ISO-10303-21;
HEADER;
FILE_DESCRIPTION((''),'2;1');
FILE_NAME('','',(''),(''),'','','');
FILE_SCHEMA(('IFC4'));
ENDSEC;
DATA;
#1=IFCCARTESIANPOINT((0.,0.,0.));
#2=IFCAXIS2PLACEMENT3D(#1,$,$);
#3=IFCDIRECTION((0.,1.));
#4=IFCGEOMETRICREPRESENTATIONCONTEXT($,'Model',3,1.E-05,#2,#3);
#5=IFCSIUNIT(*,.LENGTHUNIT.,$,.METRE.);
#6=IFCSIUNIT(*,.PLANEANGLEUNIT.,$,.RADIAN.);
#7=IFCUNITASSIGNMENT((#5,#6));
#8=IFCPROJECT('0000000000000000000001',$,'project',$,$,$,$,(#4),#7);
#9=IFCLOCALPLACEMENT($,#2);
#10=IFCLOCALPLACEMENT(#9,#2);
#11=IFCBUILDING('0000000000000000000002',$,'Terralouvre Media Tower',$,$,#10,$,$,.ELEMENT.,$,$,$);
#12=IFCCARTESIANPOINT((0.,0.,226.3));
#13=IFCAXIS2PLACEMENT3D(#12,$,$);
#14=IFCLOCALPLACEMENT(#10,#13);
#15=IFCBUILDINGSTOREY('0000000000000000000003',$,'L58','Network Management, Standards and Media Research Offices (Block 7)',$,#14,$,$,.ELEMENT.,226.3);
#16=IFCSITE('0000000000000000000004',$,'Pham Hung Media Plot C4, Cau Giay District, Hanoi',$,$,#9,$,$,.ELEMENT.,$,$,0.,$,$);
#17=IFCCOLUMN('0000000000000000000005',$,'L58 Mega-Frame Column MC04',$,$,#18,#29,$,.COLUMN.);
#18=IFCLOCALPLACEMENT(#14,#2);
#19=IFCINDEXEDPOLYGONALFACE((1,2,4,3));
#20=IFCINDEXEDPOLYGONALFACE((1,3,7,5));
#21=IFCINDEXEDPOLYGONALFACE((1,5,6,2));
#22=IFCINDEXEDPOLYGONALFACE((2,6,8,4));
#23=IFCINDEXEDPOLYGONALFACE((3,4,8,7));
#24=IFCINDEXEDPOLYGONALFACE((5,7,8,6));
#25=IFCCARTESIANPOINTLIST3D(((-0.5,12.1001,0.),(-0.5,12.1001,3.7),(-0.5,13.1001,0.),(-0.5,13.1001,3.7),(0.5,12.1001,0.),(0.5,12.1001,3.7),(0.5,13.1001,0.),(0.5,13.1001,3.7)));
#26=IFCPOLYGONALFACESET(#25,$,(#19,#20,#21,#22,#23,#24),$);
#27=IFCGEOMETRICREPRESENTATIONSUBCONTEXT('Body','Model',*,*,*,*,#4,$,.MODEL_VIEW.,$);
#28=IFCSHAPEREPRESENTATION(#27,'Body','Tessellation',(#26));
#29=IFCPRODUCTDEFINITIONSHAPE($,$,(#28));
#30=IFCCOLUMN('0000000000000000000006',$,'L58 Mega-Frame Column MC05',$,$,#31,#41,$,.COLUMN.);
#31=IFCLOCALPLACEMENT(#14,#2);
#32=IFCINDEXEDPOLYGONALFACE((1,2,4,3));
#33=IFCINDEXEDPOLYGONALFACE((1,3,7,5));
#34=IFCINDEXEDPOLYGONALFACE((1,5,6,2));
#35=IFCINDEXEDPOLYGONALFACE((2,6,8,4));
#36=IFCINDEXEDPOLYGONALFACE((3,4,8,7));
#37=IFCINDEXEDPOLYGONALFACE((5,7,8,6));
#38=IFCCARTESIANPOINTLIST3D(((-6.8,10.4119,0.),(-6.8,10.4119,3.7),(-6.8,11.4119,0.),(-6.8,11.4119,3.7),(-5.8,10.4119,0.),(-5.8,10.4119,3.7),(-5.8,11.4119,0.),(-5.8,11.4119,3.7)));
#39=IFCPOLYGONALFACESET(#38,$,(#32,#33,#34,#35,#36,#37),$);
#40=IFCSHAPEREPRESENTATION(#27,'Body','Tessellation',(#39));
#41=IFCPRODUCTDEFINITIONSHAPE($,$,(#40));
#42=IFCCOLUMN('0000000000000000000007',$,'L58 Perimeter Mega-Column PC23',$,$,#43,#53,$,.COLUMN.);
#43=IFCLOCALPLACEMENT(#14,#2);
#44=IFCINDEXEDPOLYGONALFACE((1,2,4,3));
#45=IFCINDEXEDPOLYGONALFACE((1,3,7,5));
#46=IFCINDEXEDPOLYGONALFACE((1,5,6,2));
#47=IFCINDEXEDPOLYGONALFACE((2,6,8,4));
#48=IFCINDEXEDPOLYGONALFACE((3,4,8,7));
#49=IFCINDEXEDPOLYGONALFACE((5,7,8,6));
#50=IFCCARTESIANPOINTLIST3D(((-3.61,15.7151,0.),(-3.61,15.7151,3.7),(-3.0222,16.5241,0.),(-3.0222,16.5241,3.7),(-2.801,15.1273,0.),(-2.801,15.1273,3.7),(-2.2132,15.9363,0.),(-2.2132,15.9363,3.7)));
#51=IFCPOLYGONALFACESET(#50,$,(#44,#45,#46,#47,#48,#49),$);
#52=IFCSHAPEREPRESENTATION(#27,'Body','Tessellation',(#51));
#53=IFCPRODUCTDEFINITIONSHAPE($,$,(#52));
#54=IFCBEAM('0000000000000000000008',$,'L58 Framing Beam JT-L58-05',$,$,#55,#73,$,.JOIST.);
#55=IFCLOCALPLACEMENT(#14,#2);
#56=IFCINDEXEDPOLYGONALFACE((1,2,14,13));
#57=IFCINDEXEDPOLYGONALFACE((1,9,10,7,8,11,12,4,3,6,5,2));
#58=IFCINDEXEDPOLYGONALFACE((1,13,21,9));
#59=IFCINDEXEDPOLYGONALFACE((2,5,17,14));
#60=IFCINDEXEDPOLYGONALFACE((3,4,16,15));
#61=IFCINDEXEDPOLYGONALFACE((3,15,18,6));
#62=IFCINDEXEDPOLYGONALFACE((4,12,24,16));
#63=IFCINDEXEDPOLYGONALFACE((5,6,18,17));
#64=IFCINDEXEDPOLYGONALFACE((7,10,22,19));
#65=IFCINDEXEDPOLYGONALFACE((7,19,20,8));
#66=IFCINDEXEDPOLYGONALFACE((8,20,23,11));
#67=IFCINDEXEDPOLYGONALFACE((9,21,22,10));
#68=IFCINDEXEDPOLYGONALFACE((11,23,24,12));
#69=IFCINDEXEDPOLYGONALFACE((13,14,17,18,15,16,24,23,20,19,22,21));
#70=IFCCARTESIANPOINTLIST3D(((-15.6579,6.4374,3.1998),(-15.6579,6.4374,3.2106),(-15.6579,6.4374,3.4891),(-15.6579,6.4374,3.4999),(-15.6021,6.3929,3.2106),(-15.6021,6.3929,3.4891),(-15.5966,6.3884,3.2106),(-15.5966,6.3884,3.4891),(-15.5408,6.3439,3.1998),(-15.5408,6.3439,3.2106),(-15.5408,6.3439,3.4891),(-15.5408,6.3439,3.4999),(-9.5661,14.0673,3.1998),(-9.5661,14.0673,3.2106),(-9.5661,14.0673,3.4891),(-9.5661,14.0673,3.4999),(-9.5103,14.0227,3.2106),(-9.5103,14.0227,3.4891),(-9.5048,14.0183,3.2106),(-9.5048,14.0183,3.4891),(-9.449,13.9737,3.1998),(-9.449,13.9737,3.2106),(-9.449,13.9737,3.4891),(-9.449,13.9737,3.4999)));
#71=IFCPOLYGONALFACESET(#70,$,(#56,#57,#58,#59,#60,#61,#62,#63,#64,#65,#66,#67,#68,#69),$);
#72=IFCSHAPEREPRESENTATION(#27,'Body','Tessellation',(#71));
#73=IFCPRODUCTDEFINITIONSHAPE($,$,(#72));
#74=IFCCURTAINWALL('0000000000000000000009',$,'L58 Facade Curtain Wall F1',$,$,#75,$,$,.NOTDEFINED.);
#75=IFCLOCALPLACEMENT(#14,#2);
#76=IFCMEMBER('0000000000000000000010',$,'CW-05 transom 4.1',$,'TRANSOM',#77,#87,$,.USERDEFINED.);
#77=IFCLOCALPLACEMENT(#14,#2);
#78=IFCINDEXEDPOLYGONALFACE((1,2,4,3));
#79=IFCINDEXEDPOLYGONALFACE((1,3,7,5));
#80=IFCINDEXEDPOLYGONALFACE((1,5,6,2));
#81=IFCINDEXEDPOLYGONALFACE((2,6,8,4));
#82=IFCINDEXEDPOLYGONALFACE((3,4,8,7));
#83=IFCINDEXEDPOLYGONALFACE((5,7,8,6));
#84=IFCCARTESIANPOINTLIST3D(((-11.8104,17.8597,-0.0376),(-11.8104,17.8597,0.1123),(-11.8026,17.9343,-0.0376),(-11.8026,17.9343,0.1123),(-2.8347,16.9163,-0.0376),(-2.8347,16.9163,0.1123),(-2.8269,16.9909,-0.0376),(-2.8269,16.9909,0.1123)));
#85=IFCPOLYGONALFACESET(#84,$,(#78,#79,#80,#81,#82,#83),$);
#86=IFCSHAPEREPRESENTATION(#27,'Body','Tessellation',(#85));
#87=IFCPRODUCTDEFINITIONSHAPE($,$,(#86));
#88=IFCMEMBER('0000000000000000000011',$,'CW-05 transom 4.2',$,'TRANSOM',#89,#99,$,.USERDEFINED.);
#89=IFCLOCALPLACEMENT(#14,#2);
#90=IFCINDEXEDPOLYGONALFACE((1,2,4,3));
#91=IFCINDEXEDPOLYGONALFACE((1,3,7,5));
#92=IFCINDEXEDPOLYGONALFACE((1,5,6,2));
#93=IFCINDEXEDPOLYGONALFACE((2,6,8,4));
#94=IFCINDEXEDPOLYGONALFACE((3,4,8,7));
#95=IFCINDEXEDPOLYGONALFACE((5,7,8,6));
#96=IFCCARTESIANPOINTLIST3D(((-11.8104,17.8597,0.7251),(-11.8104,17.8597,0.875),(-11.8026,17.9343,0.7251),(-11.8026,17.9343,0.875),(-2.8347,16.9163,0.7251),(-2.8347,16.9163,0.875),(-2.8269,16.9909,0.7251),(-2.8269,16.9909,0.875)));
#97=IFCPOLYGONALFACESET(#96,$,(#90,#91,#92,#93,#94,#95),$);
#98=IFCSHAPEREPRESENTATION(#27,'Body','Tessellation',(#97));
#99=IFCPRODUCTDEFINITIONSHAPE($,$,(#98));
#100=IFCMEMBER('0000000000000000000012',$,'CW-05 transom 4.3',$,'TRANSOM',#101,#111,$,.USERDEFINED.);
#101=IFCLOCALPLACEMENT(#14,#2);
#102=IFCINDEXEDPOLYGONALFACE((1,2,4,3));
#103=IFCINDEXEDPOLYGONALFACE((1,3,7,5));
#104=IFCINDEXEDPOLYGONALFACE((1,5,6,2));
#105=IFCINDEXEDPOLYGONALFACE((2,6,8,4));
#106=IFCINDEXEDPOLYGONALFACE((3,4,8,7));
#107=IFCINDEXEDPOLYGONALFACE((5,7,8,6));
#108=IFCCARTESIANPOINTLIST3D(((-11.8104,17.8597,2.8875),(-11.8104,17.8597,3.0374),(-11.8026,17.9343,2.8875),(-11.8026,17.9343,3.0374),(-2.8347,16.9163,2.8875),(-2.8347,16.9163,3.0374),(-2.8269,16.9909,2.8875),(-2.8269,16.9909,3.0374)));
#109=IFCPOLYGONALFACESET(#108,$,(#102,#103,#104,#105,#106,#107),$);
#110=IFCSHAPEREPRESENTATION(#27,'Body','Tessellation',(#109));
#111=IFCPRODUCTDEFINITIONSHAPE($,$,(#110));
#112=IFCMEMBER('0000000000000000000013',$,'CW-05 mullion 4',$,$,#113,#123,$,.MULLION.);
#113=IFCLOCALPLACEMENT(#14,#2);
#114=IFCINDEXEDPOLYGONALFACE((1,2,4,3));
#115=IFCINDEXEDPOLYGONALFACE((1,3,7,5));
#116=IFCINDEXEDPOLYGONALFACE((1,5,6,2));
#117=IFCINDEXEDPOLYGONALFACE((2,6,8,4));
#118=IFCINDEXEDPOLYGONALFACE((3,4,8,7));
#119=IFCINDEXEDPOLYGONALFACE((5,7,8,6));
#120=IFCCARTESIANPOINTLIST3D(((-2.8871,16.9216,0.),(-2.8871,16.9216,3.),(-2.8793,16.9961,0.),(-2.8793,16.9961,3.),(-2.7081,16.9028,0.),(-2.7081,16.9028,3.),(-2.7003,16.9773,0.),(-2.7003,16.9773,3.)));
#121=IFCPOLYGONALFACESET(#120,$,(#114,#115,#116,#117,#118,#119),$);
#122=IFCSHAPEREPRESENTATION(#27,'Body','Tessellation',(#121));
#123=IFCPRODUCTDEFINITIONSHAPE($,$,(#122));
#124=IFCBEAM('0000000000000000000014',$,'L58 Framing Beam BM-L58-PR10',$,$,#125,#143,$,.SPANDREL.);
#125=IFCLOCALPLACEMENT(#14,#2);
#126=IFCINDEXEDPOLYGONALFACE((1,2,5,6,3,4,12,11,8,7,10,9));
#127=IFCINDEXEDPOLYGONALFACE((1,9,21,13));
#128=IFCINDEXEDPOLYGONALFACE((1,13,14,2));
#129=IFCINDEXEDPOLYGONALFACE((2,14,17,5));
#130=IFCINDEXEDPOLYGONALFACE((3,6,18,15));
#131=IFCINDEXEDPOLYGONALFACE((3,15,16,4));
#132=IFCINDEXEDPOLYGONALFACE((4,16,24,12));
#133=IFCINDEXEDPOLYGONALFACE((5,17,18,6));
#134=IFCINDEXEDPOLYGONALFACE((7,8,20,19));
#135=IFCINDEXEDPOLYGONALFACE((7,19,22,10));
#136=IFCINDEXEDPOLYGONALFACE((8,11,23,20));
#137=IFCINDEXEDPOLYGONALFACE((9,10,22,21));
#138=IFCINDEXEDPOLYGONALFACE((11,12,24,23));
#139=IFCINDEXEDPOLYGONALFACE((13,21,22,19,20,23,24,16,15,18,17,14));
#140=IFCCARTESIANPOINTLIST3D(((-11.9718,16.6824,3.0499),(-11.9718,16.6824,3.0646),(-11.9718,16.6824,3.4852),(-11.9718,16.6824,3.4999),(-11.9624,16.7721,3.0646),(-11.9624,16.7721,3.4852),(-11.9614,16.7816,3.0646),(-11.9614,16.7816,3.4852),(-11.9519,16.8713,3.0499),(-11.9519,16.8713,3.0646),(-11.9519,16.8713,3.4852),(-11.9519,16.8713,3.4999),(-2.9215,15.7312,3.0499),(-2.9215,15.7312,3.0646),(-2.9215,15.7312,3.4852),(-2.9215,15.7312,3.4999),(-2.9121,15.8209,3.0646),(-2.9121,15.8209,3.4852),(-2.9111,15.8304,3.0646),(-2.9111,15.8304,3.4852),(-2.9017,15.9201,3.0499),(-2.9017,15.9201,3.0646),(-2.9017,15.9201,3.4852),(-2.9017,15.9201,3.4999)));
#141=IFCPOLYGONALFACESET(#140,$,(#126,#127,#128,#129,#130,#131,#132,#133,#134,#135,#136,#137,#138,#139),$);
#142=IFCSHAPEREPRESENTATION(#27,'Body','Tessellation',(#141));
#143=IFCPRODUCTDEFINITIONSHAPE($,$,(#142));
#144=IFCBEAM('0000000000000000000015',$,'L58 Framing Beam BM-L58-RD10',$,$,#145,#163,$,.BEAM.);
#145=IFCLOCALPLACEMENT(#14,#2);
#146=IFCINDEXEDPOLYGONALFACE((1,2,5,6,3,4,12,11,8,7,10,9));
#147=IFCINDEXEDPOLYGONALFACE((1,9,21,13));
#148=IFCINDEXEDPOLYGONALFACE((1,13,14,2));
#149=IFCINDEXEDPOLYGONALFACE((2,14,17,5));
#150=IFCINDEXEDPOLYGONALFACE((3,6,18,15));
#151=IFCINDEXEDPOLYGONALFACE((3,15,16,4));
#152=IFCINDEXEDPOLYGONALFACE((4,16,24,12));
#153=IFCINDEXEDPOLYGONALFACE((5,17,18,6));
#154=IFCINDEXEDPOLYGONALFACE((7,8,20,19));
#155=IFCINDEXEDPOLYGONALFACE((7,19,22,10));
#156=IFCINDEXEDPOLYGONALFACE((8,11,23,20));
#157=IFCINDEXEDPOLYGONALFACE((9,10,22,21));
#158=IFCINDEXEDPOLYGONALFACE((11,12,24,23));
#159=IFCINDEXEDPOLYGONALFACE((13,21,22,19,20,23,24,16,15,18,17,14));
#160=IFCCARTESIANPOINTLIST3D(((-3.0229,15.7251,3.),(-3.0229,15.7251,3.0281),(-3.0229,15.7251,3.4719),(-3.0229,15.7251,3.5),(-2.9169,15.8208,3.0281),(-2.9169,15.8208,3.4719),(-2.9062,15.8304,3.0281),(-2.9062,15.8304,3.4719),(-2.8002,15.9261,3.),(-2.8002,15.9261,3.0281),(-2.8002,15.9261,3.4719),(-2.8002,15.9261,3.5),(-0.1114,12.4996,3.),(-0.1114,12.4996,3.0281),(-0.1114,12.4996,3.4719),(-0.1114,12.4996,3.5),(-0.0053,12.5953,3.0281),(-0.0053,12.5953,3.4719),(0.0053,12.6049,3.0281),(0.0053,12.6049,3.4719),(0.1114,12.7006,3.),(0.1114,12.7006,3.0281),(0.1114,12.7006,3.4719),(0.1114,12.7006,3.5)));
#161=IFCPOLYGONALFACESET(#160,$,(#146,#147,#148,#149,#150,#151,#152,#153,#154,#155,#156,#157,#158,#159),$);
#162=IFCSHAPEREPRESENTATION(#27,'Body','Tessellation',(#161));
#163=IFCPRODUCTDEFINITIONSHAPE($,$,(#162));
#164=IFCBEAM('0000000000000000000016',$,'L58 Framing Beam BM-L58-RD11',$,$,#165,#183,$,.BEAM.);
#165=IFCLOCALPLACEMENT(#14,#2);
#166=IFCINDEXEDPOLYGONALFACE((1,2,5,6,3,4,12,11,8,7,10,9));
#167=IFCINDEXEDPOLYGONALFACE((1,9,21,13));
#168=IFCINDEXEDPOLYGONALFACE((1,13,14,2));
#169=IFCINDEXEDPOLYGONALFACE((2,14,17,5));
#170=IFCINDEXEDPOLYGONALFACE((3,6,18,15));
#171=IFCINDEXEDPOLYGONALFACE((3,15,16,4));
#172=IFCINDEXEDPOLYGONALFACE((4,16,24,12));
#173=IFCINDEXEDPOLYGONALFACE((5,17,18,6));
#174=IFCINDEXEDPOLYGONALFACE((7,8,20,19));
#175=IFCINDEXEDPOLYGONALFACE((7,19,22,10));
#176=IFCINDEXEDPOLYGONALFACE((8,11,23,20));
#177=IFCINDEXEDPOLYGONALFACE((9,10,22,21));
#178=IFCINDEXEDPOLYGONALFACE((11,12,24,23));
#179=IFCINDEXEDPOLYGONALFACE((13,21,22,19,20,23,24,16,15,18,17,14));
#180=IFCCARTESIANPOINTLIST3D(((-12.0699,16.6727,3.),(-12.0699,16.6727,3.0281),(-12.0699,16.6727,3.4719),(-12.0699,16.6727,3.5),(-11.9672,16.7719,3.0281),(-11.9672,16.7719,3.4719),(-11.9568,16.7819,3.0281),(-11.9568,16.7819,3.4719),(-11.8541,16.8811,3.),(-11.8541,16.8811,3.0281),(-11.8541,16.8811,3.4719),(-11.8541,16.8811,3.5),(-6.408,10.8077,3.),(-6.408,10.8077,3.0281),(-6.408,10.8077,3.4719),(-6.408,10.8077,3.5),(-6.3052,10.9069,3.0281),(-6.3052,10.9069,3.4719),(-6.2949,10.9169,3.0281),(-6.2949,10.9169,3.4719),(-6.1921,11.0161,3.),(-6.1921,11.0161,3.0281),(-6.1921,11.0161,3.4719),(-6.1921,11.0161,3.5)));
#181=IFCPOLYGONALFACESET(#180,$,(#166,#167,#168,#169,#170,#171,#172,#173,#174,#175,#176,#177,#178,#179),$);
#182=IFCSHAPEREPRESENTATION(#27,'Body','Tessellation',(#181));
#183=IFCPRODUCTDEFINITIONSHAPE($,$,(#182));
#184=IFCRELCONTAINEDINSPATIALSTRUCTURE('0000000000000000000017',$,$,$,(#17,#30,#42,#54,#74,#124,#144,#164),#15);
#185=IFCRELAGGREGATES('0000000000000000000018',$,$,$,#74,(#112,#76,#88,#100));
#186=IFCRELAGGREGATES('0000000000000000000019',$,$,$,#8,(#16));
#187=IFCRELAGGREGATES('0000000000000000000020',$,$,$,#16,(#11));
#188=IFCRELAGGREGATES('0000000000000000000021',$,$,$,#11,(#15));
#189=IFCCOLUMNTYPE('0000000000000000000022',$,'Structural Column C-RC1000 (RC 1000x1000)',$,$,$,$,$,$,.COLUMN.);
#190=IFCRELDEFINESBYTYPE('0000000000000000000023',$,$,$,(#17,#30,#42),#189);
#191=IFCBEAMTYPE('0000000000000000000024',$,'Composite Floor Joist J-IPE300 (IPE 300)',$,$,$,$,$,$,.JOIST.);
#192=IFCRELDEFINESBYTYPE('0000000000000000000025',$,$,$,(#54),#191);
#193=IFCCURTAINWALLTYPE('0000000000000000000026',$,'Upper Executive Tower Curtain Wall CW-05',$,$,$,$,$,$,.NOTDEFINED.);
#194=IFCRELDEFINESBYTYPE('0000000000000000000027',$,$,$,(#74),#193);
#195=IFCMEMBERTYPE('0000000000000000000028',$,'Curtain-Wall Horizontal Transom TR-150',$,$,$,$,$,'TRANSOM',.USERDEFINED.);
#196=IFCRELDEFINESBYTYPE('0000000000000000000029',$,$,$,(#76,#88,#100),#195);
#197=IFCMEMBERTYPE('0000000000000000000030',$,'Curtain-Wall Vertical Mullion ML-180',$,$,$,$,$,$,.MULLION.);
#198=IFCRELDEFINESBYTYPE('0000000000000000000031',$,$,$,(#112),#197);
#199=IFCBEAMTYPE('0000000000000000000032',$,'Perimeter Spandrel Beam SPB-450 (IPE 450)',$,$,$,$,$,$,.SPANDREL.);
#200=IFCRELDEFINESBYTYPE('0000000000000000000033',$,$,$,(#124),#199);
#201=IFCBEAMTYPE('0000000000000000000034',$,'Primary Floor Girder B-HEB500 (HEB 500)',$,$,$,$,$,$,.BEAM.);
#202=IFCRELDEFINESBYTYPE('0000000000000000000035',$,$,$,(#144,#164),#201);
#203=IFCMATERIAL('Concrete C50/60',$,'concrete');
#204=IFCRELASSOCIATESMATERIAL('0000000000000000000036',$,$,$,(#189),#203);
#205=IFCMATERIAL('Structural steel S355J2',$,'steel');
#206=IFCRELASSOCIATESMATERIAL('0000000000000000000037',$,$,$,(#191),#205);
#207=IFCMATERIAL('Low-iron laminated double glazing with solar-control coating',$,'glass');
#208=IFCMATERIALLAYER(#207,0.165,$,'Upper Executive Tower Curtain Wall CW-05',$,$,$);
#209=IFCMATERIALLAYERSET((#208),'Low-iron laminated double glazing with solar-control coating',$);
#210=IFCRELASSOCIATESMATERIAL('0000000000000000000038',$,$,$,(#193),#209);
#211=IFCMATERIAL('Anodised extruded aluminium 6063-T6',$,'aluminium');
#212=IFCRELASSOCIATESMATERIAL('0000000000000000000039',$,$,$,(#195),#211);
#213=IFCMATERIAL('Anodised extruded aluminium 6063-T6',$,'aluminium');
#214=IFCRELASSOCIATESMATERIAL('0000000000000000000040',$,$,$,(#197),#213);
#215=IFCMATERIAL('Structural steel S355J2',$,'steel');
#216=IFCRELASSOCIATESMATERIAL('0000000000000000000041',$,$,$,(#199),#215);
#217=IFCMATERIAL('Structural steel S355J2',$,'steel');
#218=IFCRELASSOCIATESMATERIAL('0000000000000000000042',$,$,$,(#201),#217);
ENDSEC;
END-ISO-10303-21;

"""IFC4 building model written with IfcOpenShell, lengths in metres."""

from ifc_helpers import new_model, si_unit, direction, frame, origin, origin_2d, place, context, subcontext, project, spatial, rectangle, i_section, extrude, material, layer, layer_set, material_profile, profile_set, type_object, element, aggregate, save


model = new_model("IFC4")

# Units and contexts
model_context = context("Model", 3, precision=1e-05, world=origin(), true_north=direction((0.0, 1.0)))
body_context = subcontext(model_context, "Body", "Model", "MODEL_VIEW")
ifc_project = project(units=[si_unit("LENGTHUNIT", "METRE"), si_unit("PLANEANGLEUNIT", "RADIAN")], contexts=[model_context])

# Site, building, storey
site_placement = place(None, origin())
site = spatial("IfcSite", under=ifc_project, at=site_placement, Name="Pham Hung Media Plot C4, Cau Giay District, Hanoi", CompositionType="ELEMENT", RefElevation=0.0)
building_placement = place(site_placement, origin())
building = spatial("IfcBuilding", under=site, at=building_placement, Name="Terralouvre Media Tower", CompositionType="ELEMENT")
storey_placement = place(building_placement, frame((0.0, 0.0, 226.3)))
storey = spatial("IfcBuildingStorey", under=building, at=storey_placement, Name="L58", Description="Network Management, Standards and Media Research Offices (Block 7)", CompositionType="ELEMENT", Elevation=226.3)

# Columns
ifc_material_1 = material(Name="Concrete C50/60", Category="concrete")
ifc_material_profile_1 = material_profile(ifc_material_1, rectangle(XDim=1.0, YDim=1.0, at=origin_2d()), Name="RC 1000x1000")
ifc_profile_set_1 = profile_set([ifc_material_profile_1], Name="Concrete C50/60")
column_type = type_object("IfcColumnType", Name="Structural Column C-RC1000 (RC 1000x1000)", PredefinedType="COLUMN", material=ifc_profile_set_1)
for number, where, z_axis, x_axis, name in (
    (1, (0.0, 12.6001, 0.0), (0.0, 0.0, 1.0), (1.0, 0.0, 0.0), "L58 Mega-Frame Column MC04"),
    (2, (-6.3, 10.9119, 0.0), (0.0, 0.0, 1.0), (1.0, 0.0, 0.0), "L58 Mega-Frame Column MC05"),
    (3, (-2.9116, 15.8257, 0.0), (0.0, 0.0, 1.0), (0.587785, 0.809017, 0.0), "L58 Perimeter Mega-Column PC23"),
):
    element("IfcColumn", number, at=place(storey_placement, frame(where, z_axis=z_axis, x_axis=x_axis)), inside=storey, type_object=column_type, Name=name, PredefinedType="COLUMN", context=body_context, shape_type="SweptSolid", body=[
        extrude(rectangle(XDim=1.0, YDim=1.0, at=origin_2d()), origin(), (0.0, 0.0, 1.0), 3.7),
    ])

# Beam
ifc_material_2 = material(Name="Structural steel S355J2", Category="steel")
ifc_material_profile_2 = material_profile(ifc_material_2, i_section(OverallWidth=0.1499, OverallDepth=0.3, WebThickness=0.0071, FlangeThickness=0.0107, at=origin_2d()), Name="IPE 300")
ifc_profile_set_2 = profile_set([ifc_material_profile_2], Name="Structural steel S355J2")
beam_type_1 = type_object("IfcBeamType", Name="Composite Floor Joist J-IPE300 (IPE 300)", PredefinedType="JOIST", material=ifc_profile_set_2)
beam_1_placement = place(storey_placement, frame((-9.5076, 14.0205, 3.3499), z_axis=(-0.623938, -0.781473, 0.0), x_axis=(0.781473, -0.623938, 0.0)))
element("IfcBeam", 4, at=beam_1_placement, inside=storey, type_object=beam_type_1, Name="L58 Framing Beam JT-L58-05", PredefinedType="JOIST", context=body_context, shape_type="SweptSolid", body=[
    extrude(i_section(OverallWidth=0.1499, OverallDepth=0.3, WebThickness=0.0071, FlangeThickness=0.0107, at=origin_2d()), origin(), (0.0, 0.0, 1.0), 9.7634),
])

# Curtain wall, members
ifc_material_3 = material(Name="Low-iron laminated double glazing with solar-control coating", Category="glass")
ifc_layer_1 = layer(ifc_material_3, 0.165, Name="Upper Executive Tower Curtain Wall CW-05")
ifc_layer_set_1 = layer_set([ifc_layer_1], Name="Low-iron laminated double glazing with solar-control coating")
curtain_wall_type = type_object("IfcCurtainWallType", Name="Upper Executive Tower Curtain Wall CW-05", PredefinedType="NOTDEFINED", material=ifc_layer_set_1)
curtain_wall_placement = place(storey_placement, origin())
curtain_wall = element("IfcCurtainWall", 5, at=curtain_wall_placement, inside=storey, type_object=curtain_wall_type, Name="L58 Facade Curtain Wall F1", PredefinedType="NOTDEFINED")
ifc_material_4 = material(Name="Anodised extruded aluminium 6063-T6", Category="aluminium")
ifc_material_profile_3 = material_profile(ifc_material_4, rectangle(XDim=0.075, YDim=0.1499, at=origin_2d()), Name="ALU 75x150")
ifc_profile_set_3 = profile_set([ifc_material_profile_3], Name="Anodised extruded aluminium 6063-T6")
member_type_1 = type_object("IfcMemberType", Name="Curtain-Wall Horizontal Transom TR-150", ElementType="TRANSOM", PredefinedType="USERDEFINED", material=ifc_profile_set_3)
member_1_placement = place(storey_placement, frame((-2.8308, 16.9536, 0.0374), z_axis=(-0.994522, 0.104527, 0.0), x_axis=(-0.104527, -0.994522, 0.0)))
member_1 = element("IfcMember", 6, at=member_1_placement, type_object=member_type_1, Name="CW-05 transom 4.1", ObjectType="TRANSOM", PredefinedType="USERDEFINED", context=body_context, shape_type="SweptSolid", body=[
    extrude(rectangle(XDim=0.075, YDim=0.1499, at=origin_2d()), origin(), (0.0, 0.0, 1.0), 9.0251),
])
member_2_placement = place(storey_placement, frame((-2.8308, 16.9536, 0.8), z_axis=(-0.994522, 0.104527, 0.0), x_axis=(-0.104527, -0.994522, 0.0)))
member_2 = element("IfcMember", 7, at=member_2_placement, type_object=member_type_1, Name="CW-05 transom 4.2", ObjectType="TRANSOM", PredefinedType="USERDEFINED", context=body_context, shape_type="SweptSolid", body=[
    extrude(rectangle(XDim=0.075, YDim=0.1499, at=origin_2d()), origin(), (0.0, 0.0, 1.0), 9.0251),
])
member_3_placement = place(storey_placement, frame((-2.8308, 16.9536, 2.9624), z_axis=(-0.994522, 0.104527, 0.0), x_axis=(-0.104527, -0.994522, 0.0)))
member_3 = element("IfcMember", 8, at=member_3_placement, type_object=member_type_1, Name="CW-05 transom 4.3", ObjectType="TRANSOM", PredefinedType="USERDEFINED", context=body_context, shape_type="SweptSolid", body=[
    extrude(rectangle(XDim=0.075, YDim=0.1499, at=origin_2d()), origin(), (0.0, 0.0, 1.0), 9.0251),
])
ifc_material_5 = material(Name="Anodised extruded aluminium 6063-T6", Category="aluminium")
ifc_material_profile_4 = material_profile(ifc_material_5, rectangle(XDim=0.075, YDim=0.1799, at=origin_2d()), Name="ALU 75x180")
ifc_profile_set_4 = profile_set([ifc_material_profile_4], Name="Anodised extruded aluminium 6063-T6")
member_type_2 = type_object("IfcMemberType", Name="Curtain-Wall Vertical Mullion ML-180", PredefinedType="MULLION", material=ifc_profile_set_4)
member_4_placement = place(storey_placement, frame((-2.7937, 16.9495, 0.0), z_axis=(0.0, 0.0, 1.0), x_axis=(-0.104529, -0.994522, 0.0)))
member_4 = element("IfcMember", 9, at=member_4_placement, type_object=member_type_2, Name="CW-05 mullion 4", PredefinedType="MULLION", context=body_context, shape_type="SweptSolid", body=[
    extrude(rectangle(XDim=0.075, YDim=0.1799, at=origin_2d()), origin(), (0.0, 0.0, 1.0), 3.0),
])

# Beams
ifc_material_6 = material(Name="Structural steel S355J2", Category="steel")
ifc_material_profile_5 = material_profile(ifc_material_6, i_section(OverallWidth=0.1899, OverallDepth=0.45, WebThickness=0.0095, FlangeThickness=0.0146, at=origin_2d()), Name="IPE 450")
ifc_profile_set_5 = profile_set([ifc_material_profile_5], Name="Structural steel S355J2")
beam_type_2 = type_object("IfcBeamType", Name="Perimeter Spandrel Beam SPB-450 (IPE 450)", PredefinedType="SPANDREL", material=ifc_profile_set_5)
beam_2_placement = place(storey_placement, frame((-2.9116, 15.8257, 3.2749), z_axis=(-0.994522, 0.104523, 0.0), x_axis=(-0.104523, -0.994522, 0.0)))
element("IfcBeam", 10, at=beam_2_placement, inside=storey, type_object=beam_type_2, Name="L58 Framing Beam BM-L58-PR10", PredefinedType="SPANDREL", context=body_context, shape_type="SweptSolid", body=[
    extrude(i_section(OverallWidth=0.1899, OverallDepth=0.45, WebThickness=0.0095, FlangeThickness=0.0146, at=origin_2d()), origin(), (0.0, 0.0, 1.0), 9.1001),
])
ifc_material_7 = material(Name="Structural steel S355J2", Category="steel")
ifc_material_profile_6 = material_profile(ifc_material_7, i_section(OverallWidth=0.3, OverallDepth=0.5, WebThickness=0.0144, FlangeThickness=0.0281, at=origin_2d()), Name="HEB 500")
ifc_profile_set_6 = profile_set([ifc_material_profile_6], Name="Structural steel S355J2")
beam_type_3 = type_object("IfcBeamType", Name="Primary Floor Girder B-HEB500 (HEB 500)", PredefinedType="BEAM", material=ifc_profile_set_6)
beam_3_placement = place(storey_placement, frame((0.0, 12.6001, 3.25), z_axis=(-0.670057, 0.74231, 0.0), x_axis=(-0.74231, -0.670057, 0.0)))
element("IfcBeam", 11, at=beam_3_placement, inside=storey, type_object=beam_type_3, Name="L58 Framing Beam BM-L58-RD10", PredefinedType="BEAM", context=body_context, shape_type="SweptSolid", body=[
    extrude(i_section(OverallWidth=0.3, OverallDepth=0.5, WebThickness=0.0144, FlangeThickness=0.0281, at=origin_2d()), origin(), (0.0, 0.0, 1.0), 4.3452),
])
beam_4_placement = place(storey_placement, frame((-6.3, 10.9119, 3.25), z_axis=(-0.694538, 0.719456, 0.0), x_axis=(-0.719456, -0.694538, 0.0)))
element("IfcBeam", 12, at=beam_4_placement, inside=storey, type_object=beam_type_3, Name="L58 Framing Beam BM-L58-RD11", PredefinedType="BEAM", context=body_context, shape_type="SweptSolid", body=[
    extrude(i_section(OverallWidth=0.3, OverallDepth=0.5, WebThickness=0.0144, FlangeThickness=0.0281, at=origin_2d()), origin(), (0.0, 0.0, 1.0), 8.1521),
])

aggregate(curtain_wall, [member_4, member_1, member_2, member_3])

save(model, "model.ifc")
